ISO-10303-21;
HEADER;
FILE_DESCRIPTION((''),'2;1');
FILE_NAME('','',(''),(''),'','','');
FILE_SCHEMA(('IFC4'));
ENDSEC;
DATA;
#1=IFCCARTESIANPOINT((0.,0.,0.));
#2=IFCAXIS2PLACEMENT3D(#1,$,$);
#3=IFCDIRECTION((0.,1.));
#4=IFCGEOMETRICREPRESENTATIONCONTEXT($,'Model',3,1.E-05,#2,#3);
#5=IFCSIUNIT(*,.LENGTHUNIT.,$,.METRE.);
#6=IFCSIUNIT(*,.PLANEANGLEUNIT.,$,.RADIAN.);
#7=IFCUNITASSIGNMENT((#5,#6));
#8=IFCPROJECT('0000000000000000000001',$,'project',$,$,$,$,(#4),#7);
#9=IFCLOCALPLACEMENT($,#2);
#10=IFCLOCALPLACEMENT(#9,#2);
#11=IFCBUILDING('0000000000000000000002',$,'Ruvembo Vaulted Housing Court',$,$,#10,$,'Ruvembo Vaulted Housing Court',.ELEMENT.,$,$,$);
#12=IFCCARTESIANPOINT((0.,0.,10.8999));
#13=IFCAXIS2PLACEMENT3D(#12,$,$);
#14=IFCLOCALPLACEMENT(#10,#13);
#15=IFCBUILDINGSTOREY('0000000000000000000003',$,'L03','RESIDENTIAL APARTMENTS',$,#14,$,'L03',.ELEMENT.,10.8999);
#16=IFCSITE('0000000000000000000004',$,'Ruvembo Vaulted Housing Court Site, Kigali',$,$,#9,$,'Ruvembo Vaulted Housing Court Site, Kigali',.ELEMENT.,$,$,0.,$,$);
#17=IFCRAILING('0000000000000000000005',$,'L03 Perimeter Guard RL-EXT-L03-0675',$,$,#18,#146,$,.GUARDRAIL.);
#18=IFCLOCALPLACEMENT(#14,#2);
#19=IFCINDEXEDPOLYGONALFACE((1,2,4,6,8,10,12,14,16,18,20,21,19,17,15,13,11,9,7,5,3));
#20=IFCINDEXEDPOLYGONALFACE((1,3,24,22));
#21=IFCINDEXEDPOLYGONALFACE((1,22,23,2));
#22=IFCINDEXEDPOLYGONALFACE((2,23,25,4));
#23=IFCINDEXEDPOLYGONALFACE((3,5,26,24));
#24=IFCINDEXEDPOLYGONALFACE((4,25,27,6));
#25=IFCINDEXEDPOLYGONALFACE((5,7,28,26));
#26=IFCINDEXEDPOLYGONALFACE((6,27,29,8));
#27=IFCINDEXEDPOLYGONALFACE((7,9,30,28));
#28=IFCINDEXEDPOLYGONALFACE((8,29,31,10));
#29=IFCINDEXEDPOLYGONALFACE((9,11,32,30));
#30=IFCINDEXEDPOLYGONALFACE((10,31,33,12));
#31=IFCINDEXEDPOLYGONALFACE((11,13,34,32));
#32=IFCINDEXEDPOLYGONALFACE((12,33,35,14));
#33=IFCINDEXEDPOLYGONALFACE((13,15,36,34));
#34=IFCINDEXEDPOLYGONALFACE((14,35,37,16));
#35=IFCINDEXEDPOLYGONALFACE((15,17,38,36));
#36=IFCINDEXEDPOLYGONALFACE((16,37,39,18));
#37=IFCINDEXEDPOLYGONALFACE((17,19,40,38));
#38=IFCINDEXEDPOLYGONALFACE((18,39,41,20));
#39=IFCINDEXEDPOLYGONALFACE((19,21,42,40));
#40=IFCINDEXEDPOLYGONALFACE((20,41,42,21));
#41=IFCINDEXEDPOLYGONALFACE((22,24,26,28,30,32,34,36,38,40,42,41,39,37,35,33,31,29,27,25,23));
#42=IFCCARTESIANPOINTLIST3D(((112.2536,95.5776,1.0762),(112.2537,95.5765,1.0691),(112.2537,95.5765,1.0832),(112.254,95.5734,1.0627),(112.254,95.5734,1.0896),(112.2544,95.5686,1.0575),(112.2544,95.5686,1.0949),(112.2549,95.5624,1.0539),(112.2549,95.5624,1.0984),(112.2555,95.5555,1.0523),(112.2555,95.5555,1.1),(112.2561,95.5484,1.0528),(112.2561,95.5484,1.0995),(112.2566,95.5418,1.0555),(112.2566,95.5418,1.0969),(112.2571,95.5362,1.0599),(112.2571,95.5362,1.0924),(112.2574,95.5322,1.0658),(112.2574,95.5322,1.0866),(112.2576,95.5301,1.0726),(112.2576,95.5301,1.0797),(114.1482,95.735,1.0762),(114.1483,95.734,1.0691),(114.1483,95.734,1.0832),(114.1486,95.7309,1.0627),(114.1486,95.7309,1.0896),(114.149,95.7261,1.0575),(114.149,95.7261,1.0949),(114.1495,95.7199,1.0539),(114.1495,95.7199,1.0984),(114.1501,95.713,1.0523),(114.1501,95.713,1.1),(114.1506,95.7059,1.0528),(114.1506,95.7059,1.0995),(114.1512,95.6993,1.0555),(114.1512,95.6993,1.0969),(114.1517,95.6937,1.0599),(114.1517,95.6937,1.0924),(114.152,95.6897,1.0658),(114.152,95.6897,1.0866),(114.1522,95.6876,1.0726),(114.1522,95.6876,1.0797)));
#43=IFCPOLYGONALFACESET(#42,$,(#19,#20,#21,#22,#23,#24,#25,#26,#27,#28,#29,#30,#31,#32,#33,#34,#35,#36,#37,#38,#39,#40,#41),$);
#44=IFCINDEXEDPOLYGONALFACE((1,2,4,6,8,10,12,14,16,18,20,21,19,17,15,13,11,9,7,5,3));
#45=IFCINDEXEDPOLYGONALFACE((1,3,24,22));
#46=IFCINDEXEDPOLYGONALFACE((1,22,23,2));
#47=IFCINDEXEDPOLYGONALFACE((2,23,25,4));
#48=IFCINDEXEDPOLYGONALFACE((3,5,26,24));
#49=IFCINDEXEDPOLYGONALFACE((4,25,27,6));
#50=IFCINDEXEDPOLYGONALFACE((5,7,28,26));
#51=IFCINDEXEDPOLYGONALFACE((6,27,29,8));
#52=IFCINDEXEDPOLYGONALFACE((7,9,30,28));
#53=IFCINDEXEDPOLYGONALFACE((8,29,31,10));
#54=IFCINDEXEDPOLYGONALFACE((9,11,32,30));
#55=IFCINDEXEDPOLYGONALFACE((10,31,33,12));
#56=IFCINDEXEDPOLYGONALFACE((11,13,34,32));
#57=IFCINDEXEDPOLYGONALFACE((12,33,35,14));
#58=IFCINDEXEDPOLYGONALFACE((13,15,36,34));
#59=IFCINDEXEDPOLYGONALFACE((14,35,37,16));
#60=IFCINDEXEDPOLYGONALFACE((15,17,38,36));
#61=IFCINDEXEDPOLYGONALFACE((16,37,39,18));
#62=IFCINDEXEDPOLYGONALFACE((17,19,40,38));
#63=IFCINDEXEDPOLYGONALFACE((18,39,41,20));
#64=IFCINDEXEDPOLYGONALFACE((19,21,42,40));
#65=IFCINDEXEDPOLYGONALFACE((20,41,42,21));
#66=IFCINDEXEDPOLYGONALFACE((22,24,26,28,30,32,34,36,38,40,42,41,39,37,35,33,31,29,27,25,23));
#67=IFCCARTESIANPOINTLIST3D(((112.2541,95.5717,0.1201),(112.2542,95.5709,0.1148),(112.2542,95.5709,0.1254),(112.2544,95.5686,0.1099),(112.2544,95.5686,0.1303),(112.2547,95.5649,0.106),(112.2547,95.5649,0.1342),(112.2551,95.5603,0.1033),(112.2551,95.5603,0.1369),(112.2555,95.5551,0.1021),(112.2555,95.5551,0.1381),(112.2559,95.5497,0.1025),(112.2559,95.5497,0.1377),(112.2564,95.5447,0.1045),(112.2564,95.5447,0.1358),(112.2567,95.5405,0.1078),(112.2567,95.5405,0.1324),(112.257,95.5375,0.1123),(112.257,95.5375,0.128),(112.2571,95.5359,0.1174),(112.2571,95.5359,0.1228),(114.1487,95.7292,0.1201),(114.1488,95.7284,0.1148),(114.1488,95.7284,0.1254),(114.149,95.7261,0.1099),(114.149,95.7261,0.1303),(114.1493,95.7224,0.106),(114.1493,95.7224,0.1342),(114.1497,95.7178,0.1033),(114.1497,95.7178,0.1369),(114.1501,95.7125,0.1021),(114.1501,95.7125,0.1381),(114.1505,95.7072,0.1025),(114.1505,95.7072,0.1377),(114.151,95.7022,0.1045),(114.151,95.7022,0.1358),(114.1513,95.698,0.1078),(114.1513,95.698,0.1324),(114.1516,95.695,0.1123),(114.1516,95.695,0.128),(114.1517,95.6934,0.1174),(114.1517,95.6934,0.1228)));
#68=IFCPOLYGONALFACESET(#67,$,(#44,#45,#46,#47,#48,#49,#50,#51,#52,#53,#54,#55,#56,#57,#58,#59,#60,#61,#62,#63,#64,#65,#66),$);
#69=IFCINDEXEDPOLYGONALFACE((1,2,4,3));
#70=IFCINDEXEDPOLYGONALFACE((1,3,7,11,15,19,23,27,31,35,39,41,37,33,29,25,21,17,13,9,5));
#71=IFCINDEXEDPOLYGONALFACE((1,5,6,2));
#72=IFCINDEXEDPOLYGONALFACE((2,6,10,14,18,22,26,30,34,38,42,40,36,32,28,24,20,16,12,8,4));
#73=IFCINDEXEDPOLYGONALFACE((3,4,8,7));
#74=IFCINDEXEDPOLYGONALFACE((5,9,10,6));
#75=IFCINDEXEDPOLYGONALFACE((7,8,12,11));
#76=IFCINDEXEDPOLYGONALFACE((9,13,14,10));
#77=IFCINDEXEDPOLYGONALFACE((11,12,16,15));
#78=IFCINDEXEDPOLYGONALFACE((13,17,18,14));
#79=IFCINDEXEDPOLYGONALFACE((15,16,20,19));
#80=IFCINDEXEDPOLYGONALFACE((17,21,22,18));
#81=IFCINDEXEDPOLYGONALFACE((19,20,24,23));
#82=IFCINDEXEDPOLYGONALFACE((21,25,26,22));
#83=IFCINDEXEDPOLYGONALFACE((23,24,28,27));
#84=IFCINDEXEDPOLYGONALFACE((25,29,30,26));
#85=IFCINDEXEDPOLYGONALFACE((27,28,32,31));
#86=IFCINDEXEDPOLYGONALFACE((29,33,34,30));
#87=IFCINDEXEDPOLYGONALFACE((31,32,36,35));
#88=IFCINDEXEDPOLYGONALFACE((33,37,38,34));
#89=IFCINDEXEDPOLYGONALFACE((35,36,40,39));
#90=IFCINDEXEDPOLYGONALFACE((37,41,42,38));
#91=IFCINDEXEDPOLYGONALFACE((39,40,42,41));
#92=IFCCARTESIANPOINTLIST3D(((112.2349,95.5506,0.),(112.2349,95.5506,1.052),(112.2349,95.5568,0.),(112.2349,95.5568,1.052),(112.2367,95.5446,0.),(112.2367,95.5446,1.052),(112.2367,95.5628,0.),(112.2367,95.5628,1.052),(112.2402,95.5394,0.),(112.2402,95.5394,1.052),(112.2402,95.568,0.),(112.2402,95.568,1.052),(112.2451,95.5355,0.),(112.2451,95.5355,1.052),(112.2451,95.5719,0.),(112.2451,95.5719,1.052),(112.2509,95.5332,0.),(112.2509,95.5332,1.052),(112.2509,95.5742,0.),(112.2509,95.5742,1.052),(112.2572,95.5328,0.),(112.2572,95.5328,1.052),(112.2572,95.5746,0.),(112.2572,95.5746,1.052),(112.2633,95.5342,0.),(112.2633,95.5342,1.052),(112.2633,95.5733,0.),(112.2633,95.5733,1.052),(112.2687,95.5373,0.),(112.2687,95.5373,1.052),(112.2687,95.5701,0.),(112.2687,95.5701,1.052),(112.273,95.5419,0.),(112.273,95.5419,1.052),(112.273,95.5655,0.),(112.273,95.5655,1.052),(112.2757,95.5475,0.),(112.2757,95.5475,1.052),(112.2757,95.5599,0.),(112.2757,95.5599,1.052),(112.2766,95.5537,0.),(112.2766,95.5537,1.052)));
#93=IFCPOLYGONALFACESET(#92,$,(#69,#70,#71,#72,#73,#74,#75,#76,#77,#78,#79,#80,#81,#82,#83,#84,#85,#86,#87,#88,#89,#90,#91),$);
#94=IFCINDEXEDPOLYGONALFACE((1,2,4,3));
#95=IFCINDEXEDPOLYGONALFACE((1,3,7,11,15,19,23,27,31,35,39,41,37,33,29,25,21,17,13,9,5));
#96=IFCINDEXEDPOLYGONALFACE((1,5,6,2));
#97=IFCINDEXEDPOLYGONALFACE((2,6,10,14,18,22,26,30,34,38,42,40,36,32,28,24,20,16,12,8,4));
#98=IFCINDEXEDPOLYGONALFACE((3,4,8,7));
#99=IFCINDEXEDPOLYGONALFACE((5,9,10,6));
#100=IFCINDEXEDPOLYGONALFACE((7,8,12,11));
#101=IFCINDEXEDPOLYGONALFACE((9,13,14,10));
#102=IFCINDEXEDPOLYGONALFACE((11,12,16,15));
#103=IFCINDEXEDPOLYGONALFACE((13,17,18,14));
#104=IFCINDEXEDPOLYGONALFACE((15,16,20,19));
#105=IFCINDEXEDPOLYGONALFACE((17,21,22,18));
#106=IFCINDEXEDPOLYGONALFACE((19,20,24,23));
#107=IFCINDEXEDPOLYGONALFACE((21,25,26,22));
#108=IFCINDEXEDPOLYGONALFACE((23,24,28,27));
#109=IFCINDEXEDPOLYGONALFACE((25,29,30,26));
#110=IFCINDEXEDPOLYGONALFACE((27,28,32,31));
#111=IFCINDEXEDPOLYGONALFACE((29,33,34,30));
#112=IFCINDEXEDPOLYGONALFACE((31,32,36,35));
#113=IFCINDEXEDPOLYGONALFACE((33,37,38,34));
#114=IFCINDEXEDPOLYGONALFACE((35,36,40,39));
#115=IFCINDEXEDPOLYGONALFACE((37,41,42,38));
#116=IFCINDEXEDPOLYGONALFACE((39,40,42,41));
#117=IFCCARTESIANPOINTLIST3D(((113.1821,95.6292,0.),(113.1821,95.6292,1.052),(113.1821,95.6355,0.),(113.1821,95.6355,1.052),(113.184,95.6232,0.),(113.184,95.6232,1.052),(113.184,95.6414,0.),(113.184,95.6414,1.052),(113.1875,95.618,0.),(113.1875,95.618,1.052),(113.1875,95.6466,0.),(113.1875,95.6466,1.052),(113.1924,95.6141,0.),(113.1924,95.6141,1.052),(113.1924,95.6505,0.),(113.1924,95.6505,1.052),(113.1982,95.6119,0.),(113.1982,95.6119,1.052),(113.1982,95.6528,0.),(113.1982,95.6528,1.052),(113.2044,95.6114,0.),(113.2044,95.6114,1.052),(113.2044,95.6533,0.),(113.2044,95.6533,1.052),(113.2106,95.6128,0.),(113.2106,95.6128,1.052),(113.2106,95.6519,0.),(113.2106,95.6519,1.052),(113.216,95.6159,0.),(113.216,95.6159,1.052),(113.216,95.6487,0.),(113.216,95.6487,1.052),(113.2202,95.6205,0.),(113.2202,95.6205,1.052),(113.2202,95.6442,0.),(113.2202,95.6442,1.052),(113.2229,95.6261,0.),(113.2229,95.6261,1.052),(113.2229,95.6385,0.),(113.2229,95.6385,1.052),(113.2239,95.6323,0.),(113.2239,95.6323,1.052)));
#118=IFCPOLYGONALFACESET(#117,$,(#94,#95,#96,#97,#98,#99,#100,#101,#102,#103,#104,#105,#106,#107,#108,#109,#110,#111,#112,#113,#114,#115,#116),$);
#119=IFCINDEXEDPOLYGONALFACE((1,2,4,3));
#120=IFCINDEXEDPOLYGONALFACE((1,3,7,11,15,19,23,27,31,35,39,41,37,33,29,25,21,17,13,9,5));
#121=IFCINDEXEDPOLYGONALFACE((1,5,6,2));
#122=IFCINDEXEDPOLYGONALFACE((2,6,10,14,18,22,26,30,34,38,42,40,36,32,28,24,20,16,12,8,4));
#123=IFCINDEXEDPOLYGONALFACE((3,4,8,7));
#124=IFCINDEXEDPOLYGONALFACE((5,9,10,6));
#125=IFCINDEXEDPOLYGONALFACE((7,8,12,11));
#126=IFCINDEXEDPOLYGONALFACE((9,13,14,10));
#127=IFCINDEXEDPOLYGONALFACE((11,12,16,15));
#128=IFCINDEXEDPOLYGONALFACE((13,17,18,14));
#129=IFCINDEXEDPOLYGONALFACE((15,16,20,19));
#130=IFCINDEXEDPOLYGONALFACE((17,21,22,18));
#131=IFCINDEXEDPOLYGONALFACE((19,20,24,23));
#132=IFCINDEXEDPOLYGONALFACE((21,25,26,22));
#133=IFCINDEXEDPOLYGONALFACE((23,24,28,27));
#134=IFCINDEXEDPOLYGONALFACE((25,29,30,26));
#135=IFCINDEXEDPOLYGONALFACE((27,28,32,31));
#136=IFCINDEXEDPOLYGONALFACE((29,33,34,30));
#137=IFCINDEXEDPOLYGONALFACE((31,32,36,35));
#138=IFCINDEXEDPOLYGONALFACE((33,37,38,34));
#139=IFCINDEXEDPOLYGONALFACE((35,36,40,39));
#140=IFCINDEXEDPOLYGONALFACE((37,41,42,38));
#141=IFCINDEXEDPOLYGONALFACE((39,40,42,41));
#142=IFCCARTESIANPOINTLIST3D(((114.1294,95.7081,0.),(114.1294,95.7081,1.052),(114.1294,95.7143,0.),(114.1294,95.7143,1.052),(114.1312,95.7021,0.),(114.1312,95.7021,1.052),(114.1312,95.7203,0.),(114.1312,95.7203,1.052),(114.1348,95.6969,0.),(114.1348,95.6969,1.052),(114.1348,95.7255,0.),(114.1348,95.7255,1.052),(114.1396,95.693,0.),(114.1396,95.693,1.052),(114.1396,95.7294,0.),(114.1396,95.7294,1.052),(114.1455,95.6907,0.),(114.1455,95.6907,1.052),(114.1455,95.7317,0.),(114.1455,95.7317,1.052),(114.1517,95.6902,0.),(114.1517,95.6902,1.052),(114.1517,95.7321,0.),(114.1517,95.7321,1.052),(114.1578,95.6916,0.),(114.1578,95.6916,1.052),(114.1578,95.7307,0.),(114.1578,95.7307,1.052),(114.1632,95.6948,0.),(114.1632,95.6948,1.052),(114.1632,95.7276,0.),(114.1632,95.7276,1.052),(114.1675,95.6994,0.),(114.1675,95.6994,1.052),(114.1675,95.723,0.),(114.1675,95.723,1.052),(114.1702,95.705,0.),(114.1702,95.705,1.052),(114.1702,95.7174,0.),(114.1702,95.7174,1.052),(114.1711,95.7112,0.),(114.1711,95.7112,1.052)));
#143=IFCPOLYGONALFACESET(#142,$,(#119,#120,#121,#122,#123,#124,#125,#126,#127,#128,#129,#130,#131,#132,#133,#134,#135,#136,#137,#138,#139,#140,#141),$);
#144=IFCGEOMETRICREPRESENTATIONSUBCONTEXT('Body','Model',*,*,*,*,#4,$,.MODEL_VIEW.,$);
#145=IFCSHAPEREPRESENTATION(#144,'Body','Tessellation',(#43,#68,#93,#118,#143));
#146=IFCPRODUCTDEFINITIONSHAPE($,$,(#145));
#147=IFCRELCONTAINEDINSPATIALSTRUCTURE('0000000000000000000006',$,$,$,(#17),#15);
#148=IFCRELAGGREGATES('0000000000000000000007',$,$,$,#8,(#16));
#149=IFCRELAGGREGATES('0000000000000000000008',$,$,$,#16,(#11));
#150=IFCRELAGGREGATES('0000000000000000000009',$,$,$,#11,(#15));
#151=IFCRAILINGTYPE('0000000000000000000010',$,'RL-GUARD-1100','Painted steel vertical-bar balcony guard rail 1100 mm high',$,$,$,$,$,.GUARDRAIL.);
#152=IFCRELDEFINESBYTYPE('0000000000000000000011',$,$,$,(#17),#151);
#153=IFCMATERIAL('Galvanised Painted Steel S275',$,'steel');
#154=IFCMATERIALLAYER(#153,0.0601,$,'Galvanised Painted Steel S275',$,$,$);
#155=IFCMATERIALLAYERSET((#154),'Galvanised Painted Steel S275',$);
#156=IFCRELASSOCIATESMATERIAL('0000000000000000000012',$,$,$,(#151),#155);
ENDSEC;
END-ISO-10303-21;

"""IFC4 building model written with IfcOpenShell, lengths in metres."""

from ifc_helpers import new_model, si_unit, direction, frame, origin, origin_2d, place, context, subcontext, project, spatial, circle, extrude, material, layer, layer_set, type_object, element, save


model = new_model("IFC4")

# Units and contexts
model_context = context("Model", 3, precision=1e-05, world=origin(), true_north=direction((0.0, 1.0)))
body_context = subcontext(model_context, "Body", "Model", "MODEL_VIEW")
ifc_project = project(units=[si_unit("LENGTHUNIT", "METRE"), si_unit("PLANEANGLEUNIT", "RADIAN")], contexts=[model_context])

# Site, building, storey
site_placement = place(None, origin())
site = spatial("IfcSite", under=ifc_project, at=site_placement, Name="Ruvembo Vaulted Housing Court Site, Kigali", LongName="Ruvembo Vaulted Housing Court Site, Kigali", CompositionType="ELEMENT", RefElevation=0.0)
building_placement = place(site_placement, origin())
building = spatial("IfcBuilding", under=site, at=building_placement, Name="Ruvembo Vaulted Housing Court", LongName="Ruvembo Vaulted Housing Court", CompositionType="ELEMENT")
storey_placement = place(building_placement, frame((0.0, 0.0, 10.8999)))
storey = spatial("IfcBuildingStorey", under=building, at=storey_placement, Name="L03", Description="RESIDENTIAL APARTMENTS", LongName="L03", CompositionType="ELEMENT", Elevation=10.8999)

# Railing
ifc_material_1 = material(Name="Galvanised Painted Steel S275", Category="steel")
ifc_layer = layer(ifc_material_1, 0.0601, Name="Galvanised Painted Steel S275")
ifc_layer_set = layer_set([ifc_layer], Name="Galvanised Painted Steel S275")
railing_type = type_object("IfcRailingType", Name="RL-GUARD-1100", Description="Painted steel vertical-bar balcony guard rail 1100 mm high", PredefinedType="GUARDRAIL", material=ifc_layer_set)
railing_1_placement = place(storey_placement, frame((112.2556, 95.5537, 0.0)))
element("IfcRailing", 1, at=railing_1_placement, inside=storey, type_object=railing_type, Name="L03 Perimeter Guard RL-EXT-L03-0675", PredefinedType="GUARDRAIL", context=body_context, shape_type="SweptSolid", body=[
    extrude(circle(Radius=0.0239, at=origin_2d()), frame((0.0, 0.0, 1.0762), z_axis=(0.996563, 0.082833, 0.0), x_axis=(-0.082833, 0.996563, 0.0)), (0.0, 0.0, 1.0), 1.9011),
    extrude(circle(Radius=0.0181, at=origin_2d()), frame((0.0, 0.0, 0.1201), z_axis=(0.996563, 0.082833, 0.0), x_axis=(-0.082833, 0.996563, 0.0)), (0.0, 0.0, 1.0), 1.9011),
    extrude(circle(Radius=0.021, at=origin_2d()), origin(), (0.0, 0.0, 1.0), 1.052),
    extrude(circle(Radius=0.021, at=origin_2d()), frame((0.9473, 0.0786, 0.0)), (0.0, 0.0, 1.0), 1.052),
    extrude(circle(Radius=0.021, at=origin_2d()), frame((1.8945, 0.1575, 0.0)), (0.0, 0.0, 1.0), 1.052),
])

save(model, "model.ifc")
